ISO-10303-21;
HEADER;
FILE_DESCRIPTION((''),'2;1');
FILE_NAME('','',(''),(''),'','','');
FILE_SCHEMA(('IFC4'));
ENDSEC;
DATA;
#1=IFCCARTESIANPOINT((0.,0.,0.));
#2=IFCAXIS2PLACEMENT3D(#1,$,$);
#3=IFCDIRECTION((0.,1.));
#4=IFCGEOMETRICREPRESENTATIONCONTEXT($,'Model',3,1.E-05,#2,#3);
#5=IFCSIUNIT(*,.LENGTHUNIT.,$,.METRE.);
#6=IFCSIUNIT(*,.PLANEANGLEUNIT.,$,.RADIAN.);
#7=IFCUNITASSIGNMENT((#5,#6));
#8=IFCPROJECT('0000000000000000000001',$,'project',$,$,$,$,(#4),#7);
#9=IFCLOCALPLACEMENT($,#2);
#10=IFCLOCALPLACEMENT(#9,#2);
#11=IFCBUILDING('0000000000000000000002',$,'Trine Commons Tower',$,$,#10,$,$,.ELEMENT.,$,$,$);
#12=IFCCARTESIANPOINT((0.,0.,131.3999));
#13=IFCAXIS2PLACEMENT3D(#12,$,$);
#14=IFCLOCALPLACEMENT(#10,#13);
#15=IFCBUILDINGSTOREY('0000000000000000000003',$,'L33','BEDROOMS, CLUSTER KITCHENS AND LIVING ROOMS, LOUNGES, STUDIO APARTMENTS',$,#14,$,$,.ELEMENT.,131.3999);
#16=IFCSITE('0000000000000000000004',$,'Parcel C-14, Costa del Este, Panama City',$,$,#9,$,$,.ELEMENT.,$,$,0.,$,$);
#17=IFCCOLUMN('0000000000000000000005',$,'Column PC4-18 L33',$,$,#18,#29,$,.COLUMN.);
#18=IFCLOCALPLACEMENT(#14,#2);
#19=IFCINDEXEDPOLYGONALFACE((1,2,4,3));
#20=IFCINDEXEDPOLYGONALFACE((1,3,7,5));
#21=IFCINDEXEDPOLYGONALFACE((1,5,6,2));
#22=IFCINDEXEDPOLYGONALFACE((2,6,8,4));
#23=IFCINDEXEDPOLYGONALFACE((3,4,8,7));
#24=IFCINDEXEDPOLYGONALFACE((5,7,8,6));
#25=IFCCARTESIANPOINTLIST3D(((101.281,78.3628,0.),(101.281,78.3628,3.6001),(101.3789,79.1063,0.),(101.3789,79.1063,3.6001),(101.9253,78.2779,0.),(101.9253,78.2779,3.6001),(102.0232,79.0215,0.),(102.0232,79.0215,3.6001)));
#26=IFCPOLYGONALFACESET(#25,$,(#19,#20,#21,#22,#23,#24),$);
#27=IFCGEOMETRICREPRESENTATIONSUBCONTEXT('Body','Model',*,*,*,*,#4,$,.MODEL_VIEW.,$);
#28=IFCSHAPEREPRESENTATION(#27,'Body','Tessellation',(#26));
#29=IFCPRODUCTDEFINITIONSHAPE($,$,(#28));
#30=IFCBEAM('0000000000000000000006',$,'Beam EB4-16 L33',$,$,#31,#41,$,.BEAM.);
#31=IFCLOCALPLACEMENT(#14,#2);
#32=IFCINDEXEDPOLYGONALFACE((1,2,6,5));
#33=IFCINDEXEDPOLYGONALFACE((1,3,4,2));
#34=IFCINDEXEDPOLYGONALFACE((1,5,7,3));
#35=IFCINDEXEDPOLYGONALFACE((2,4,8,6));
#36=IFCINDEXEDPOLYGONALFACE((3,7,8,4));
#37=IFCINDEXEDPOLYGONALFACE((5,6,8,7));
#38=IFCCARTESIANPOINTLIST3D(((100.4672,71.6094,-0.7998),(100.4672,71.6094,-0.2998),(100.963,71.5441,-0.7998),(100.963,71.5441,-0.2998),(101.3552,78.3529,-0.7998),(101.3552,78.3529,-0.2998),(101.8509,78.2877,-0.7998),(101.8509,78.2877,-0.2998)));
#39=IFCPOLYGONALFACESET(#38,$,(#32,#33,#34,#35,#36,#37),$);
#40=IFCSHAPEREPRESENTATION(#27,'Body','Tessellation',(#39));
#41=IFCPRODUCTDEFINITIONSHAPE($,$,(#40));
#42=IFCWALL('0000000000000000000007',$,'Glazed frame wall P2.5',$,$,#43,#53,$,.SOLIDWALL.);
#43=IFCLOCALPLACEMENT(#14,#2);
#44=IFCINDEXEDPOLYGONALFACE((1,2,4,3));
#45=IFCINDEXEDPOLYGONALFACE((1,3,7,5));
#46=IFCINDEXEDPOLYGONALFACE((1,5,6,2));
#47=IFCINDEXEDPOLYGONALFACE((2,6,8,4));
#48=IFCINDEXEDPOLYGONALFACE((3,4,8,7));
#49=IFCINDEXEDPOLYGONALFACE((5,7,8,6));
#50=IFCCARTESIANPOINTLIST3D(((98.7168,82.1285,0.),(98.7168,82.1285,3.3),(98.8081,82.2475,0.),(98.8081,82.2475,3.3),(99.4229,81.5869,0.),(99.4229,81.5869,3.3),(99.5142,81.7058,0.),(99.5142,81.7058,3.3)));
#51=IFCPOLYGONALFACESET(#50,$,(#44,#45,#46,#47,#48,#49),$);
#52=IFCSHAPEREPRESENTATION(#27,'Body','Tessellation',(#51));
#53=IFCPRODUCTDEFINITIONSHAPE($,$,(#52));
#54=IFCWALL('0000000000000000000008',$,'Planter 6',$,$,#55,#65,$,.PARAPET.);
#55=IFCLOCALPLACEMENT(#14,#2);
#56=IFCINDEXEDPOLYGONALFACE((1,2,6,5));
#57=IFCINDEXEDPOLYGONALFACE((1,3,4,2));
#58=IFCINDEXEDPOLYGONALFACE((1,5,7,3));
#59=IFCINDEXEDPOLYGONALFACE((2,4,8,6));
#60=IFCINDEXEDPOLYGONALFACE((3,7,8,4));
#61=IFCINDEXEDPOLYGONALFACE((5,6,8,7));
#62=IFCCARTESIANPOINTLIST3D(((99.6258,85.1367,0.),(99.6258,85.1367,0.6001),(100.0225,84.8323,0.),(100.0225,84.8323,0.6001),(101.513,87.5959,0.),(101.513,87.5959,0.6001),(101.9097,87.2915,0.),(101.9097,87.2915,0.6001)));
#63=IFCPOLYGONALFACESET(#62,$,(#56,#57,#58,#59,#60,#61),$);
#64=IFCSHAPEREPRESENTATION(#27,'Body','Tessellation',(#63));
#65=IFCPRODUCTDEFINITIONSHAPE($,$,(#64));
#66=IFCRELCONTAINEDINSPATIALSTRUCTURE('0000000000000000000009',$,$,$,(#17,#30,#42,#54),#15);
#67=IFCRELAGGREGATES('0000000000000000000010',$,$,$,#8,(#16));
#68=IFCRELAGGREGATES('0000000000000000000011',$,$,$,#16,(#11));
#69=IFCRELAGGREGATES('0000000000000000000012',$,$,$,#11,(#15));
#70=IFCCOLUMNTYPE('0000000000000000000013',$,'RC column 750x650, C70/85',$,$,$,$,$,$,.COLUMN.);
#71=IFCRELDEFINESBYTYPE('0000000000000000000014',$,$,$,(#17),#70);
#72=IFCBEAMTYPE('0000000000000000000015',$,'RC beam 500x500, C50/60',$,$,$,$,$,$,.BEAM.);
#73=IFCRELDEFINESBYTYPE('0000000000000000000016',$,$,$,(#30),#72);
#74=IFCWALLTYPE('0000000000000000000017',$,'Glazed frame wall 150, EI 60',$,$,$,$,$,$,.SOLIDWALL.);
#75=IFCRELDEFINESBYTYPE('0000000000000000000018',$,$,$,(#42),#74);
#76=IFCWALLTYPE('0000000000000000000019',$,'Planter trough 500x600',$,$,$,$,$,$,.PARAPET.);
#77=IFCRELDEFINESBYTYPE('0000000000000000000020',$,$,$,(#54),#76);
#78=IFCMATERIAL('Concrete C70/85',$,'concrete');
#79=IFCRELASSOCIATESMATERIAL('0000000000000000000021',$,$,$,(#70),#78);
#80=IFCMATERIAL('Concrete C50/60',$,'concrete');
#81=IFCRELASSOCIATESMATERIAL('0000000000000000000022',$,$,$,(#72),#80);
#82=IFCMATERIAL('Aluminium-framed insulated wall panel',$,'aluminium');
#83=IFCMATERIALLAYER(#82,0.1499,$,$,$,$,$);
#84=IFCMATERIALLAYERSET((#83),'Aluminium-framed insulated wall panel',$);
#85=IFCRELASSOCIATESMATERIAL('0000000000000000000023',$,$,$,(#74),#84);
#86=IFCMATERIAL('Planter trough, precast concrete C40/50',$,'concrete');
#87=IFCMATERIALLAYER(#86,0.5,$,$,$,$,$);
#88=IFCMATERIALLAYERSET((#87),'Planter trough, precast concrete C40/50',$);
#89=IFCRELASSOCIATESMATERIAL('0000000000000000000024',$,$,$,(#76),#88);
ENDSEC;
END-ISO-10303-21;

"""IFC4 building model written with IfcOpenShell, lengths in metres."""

from ifc_helpers import new_model, si_unit, direction, frame, frame_2d, origin, origin_2d, place, context, subcontext, project, spatial, polyline, rectangle, outline, extrude, material, layer, layer_set, material_profile, profile_set, type_object, element, save


model = new_model("IFC4")

# Units and contexts
model_context = context("Model", 3, precision=1e-05, world=origin(), true_north=direction((0.0, 1.0)))
body_context = subcontext(model_context, "Body", "Model", "MODEL_VIEW")
ifc_project = project(units=[si_unit("LENGTHUNIT", "METRE"), si_unit("PLANEANGLEUNIT", "RADIAN")], contexts=[model_context])

# Site, building, storey
site_placement = place(None, origin())
site = spatial("IfcSite", under=ifc_project, at=site_placement, Name="Parcel C-14, Costa del Este, Panama City", CompositionType="ELEMENT", RefElevation=0.0)
building_placement = place(site_placement, origin())
building = spatial("IfcBuilding", under=site, at=building_placement, Name="Trine Commons Tower", CompositionType="ELEMENT")
storey_placement = place(building_placement, frame((0.0, 0.0, 131.3999)))
storey = spatial("IfcBuildingStorey", under=building, at=storey_placement, Name="L33", Description="BEDROOMS, CLUSTER KITCHENS AND LIVING ROOMS, LOUNGES, STUDIO APARTMENTS", CompositionType="ELEMENT", Elevation=131.3999)

# Column
ifc_material_1 = material(Name="Concrete C70/85", Category="concrete")
ifc_material_profile_1 = material_profile(ifc_material_1, rectangle(XDim=0.75, YDim=0.6499, at=origin_2d()), Name="RC 750x650")
ifc_profile_set_1 = profile_set([ifc_material_profile_1], Name="Concrete C70/85")
column_type = type_object("IfcColumnType", Name="RC column 750x650, C70/85", PredefinedType="COLUMN", material=ifc_profile_set_1)
column_placement = place(storey_placement, frame((101.6521, 78.6921, 0.0), z_axis=(0.0, 0.0, 1.0), x_axis=(0.130526, 0.991445, 0.0)))
element("IfcColumn", 1, at=column_placement, inside=storey, type_object=column_type, Name="Column PC4-18 L33", PredefinedType="COLUMN", context=body_context, shape_type="SweptSolid", body=[
    extrude(rectangle(XDim=0.75, YDim=0.6499, at=origin_2d()), origin(), (0.0, 0.0, 1.0), 3.6001),
])

# Beam
ifc_material_2 = material(Name="Concrete C50/60", Category="concrete")
ifc_material_profile_2 = material_profile(ifc_material_2, rectangle(XDim=0.5, YDim=0.5, at=origin_2d()), Name="RC 500x500")
ifc_profile_set_2 = profile_set([ifc_material_profile_2], Name="Concrete C50/60")
beam_type = type_object("IfcBeamType", Name="RC beam 500x500, C50/60", PredefinedType="BEAM", material=ifc_profile_set_2)
beam_placement = place(storey_placement, frame((101.603, 78.3203, -0.5498), z_axis=(-0.130544, -0.991443, 0.0), x_axis=(0.991443, -0.130544, 0.0)))
element("IfcBeam", 2, at=beam_placement, inside=storey, type_object=beam_type, Name="Beam EB4-16 L33", PredefinedType="BEAM", context=body_context, shape_type="SweptSolid", body=[
    extrude(rectangle(XDim=0.5, YDim=0.5, at=origin_2d()), origin(), (0.0, 0.0, 1.0), 6.8018),
])

# Wall
ifc_material_3 = material(Name="Aluminium-framed insulated wall panel", Category="aluminium")
ifc_layer_1 = layer(ifc_material_3, 0.1499)
ifc_layer_set_1 = layer_set([ifc_layer_1], Name="Aluminium-framed insulated wall panel")
wall_type_1 = type_object("IfcWallType", Name="Glazed frame wall 150, EI 60", PredefinedType="SOLIDWALL", material=ifc_layer_set_1)
wall_1_placement = place(storey_placement, frame((98.7625, 82.188, 0.0), z_axis=(0.0, 0.0, 1.0), x_axis=(0.793449, -0.608637, 0.0)))
element("IfcWall", 3, at=wall_1_placement, inside=storey, type_object=wall_type_1, Name="Glazed frame wall P2.5", PredefinedType="SOLIDWALL", context=body_context, shape_type="SweptSolid", body=[
    extrude(outline(polyline([(0.8899, 0.075), (0.0, 0.075), (0.0, -0.075), (0.8899, -0.075), (0.8899, 0.075)])), origin(), (0.0, 0.0, 1.0), 3.3),
])

# Wall
ifc_material_4 = material(Name="Planter trough, precast concrete C40/50", Category="concrete")
ifc_layer_2 = layer(ifc_material_4, 0.5)
ifc_layer_set_2 = layer_set([ifc_layer_2], Name="Planter trough, precast concrete C40/50")
wall_type_2 = type_object("IfcWallType", Name="Planter trough 500x600", PredefinedType="PARAPET", material=ifc_layer_set_2)
wall_2_placement = place(storey_placement, frame((99.8242, 84.9846, 0.0), z_axis=(0.0, 0.0, 1.0), x_axis=(0.608797, 0.793326, 0.0)))
element("IfcWall", 4, at=wall_2_placement, inside=storey, type_object=wall_type_2, Name="Planter 6", PredefinedType="PARAPET", context=body_context, shape_type="SweptSolid", body=[
    extrude(rectangle(XDim=3.0999, YDim=0.5, at=frame_2d((1.5498, 0.0))), origin(), (0.0, 0.0, 1.0), 0.6001),
])

save(model, "model.ifc")
